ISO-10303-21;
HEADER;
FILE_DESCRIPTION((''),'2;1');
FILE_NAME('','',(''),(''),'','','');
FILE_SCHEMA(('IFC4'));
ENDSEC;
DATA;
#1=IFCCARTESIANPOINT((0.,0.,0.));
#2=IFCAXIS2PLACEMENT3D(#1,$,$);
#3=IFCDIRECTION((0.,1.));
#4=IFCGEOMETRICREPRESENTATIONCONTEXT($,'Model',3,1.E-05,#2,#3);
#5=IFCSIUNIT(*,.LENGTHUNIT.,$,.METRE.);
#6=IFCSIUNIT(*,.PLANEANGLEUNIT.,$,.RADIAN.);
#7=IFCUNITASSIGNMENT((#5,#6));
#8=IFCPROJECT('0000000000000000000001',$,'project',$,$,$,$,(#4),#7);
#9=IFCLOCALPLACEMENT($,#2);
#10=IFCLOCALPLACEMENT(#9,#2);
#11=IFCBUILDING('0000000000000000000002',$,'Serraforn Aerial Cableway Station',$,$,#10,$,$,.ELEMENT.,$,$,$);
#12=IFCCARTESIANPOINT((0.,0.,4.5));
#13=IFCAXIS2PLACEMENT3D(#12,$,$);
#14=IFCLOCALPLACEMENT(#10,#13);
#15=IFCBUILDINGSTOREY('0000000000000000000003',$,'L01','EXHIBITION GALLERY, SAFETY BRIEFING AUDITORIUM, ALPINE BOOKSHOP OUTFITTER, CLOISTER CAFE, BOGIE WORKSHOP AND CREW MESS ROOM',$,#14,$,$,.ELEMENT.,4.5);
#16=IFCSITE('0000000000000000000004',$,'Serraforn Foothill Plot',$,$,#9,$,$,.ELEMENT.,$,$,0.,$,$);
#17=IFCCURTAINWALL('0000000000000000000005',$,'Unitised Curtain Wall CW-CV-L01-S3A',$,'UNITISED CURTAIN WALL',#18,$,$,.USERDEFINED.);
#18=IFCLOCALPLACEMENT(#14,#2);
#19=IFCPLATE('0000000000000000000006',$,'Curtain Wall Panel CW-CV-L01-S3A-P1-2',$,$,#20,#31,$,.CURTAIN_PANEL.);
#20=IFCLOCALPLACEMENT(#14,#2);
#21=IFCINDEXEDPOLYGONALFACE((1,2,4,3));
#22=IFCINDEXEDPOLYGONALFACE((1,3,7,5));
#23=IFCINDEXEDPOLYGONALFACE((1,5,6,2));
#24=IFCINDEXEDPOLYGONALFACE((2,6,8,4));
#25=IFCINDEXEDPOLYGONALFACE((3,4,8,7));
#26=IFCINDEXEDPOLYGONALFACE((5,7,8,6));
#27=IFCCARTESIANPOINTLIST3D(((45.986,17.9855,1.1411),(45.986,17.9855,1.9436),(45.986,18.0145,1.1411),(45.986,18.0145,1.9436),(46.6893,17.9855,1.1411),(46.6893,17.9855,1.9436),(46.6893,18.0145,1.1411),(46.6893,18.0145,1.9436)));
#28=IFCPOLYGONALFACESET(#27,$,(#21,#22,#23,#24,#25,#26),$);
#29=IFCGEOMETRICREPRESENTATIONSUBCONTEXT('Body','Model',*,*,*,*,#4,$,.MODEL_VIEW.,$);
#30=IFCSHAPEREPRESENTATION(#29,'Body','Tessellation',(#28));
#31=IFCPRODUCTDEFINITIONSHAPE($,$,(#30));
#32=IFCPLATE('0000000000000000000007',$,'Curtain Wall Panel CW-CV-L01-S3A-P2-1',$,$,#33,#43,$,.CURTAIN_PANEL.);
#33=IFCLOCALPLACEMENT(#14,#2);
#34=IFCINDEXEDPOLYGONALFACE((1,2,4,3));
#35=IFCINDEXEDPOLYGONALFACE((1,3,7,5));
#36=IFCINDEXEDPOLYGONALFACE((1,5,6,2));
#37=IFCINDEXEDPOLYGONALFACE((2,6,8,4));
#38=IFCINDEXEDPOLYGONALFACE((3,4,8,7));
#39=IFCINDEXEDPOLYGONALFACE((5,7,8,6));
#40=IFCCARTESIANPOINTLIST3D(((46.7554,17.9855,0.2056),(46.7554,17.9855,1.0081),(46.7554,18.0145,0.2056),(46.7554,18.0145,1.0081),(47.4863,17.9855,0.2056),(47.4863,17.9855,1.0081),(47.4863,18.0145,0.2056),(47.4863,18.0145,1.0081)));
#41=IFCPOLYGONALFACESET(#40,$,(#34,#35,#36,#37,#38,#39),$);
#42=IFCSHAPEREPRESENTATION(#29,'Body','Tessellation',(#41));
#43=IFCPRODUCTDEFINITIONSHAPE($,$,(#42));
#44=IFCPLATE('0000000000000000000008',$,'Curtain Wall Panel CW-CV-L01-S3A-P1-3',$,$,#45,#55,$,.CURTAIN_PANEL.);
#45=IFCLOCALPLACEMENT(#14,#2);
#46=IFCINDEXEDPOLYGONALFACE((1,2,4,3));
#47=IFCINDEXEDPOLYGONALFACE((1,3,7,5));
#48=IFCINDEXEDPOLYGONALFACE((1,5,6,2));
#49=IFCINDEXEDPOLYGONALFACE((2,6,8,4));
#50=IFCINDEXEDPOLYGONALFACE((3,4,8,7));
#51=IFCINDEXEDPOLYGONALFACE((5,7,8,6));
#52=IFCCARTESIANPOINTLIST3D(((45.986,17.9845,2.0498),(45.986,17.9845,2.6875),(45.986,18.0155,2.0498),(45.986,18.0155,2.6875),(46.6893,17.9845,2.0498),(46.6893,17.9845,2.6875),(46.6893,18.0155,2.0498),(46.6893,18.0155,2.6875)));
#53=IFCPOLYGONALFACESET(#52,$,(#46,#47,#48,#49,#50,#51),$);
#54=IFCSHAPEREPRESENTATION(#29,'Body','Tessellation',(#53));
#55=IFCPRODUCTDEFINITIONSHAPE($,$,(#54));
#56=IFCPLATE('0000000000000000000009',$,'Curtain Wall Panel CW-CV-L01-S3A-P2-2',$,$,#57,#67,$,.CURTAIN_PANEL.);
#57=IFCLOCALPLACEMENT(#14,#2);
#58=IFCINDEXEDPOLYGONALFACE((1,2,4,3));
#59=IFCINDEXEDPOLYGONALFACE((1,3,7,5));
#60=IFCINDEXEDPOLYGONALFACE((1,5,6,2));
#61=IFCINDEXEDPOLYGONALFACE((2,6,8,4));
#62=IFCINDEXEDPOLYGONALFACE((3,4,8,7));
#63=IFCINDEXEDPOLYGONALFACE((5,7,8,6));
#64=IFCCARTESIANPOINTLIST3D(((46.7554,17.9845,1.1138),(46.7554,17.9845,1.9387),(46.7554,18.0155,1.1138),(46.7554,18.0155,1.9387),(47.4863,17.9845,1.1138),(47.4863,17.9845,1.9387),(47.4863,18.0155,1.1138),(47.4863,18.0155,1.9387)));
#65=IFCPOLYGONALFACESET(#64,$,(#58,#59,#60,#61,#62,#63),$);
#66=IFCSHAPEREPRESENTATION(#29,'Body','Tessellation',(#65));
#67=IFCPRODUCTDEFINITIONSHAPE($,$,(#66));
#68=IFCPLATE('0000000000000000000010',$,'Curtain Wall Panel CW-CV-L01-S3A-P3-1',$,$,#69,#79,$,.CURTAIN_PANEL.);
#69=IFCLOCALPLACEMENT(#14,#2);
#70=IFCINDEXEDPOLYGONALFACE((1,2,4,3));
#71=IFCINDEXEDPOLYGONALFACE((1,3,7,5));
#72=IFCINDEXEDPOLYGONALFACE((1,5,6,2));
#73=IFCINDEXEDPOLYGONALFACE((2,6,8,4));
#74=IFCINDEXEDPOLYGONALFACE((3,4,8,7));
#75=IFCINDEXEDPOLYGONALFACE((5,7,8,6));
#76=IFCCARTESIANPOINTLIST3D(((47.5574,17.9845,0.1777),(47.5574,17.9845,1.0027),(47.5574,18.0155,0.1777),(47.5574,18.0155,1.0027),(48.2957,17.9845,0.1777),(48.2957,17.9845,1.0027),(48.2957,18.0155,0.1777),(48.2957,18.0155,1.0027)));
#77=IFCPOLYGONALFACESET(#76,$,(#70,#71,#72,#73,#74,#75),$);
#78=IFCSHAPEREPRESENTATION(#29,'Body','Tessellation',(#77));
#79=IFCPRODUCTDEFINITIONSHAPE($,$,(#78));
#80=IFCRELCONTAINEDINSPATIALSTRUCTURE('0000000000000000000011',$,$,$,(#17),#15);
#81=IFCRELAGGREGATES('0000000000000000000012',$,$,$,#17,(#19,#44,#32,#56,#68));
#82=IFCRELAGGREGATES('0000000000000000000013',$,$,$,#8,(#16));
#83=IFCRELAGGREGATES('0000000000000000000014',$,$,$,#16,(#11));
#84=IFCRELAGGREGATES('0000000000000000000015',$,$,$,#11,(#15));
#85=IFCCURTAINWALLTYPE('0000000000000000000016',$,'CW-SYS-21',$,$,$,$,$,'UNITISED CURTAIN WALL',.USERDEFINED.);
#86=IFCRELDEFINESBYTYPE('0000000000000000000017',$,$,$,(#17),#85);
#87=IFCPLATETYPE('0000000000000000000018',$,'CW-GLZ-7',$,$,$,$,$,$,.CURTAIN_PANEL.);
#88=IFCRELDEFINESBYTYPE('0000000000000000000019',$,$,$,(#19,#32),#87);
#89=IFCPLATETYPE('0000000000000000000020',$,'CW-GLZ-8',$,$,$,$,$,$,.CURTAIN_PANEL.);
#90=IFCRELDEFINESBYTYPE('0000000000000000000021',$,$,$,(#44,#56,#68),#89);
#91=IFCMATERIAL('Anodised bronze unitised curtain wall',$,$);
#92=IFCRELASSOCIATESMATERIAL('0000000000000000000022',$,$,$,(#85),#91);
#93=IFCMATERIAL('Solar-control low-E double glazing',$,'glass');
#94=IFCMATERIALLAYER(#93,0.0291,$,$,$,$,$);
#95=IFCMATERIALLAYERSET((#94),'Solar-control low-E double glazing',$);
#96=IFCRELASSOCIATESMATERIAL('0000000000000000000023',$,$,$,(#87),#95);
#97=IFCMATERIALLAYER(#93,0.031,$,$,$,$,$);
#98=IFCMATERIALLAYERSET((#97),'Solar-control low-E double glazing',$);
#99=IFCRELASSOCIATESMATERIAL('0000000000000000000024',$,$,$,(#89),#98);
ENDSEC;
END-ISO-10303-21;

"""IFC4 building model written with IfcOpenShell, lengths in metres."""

from ifc_helpers import new_model, si_unit, direction, frame, origin, origin_2d, place, context, subcontext, project, spatial, rectangle, extrude, material, layer, layer_set, type_object, element, aggregate, save


model = new_model("IFC4")

# Units and contexts
model_context = context("Model", 3, precision=1e-05, world=origin(), true_north=direction((0.0, 1.0)))
body_context = subcontext(model_context, "Body", "Model", "MODEL_VIEW")
ifc_project = project(units=[si_unit("LENGTHUNIT", "METRE"), si_unit("PLANEANGLEUNIT", "RADIAN")], contexts=[model_context])

# Site, building, storey
site_placement = place(None, origin())
site = spatial("IfcSite", under=ifc_project, at=site_placement, Name="Serraforn Foothill Plot", CompositionType="ELEMENT", RefElevation=0.0)
building_placement = place(site_placement, origin())
building = spatial("IfcBuilding", under=site, at=building_placement, Name="Serraforn Aerial Cableway Station", CompositionType="ELEMENT")
storey_placement = place(building_placement, frame((0.0, 0.0, 4.5)))
storey = spatial("IfcBuildingStorey", under=building, at=storey_placement, Name="L01", Description="EXHIBITION GALLERY, SAFETY BRIEFING AUDITORIUM, ALPINE BOOKSHOP OUTFITTER, CLOISTER CAFE, BOGIE WORKSHOP AND CREW MESS ROOM", CompositionType="ELEMENT", Elevation=4.5)

# Curtain wall, plates
ifc_material_1 = material(Name="Anodised bronze unitised curtain wall")
curtain_wall_type = type_object("IfcCurtainWallType", Name="CW-SYS-21", ElementType="UNITISED CURTAIN WALL", PredefinedType="USERDEFINED", material=ifc_material_1)
curtain_wall_placement = place(storey_placement, origin())
curtain_wall = element("IfcCurtainWall", 1, at=curtain_wall_placement, inside=storey, type_object=curtain_wall_type, Name="Unitised Curtain Wall CW-CV-L01-S3A", ObjectType="UNITISED CURTAIN WALL", PredefinedType="USERDEFINED")
ifc_material_2 = material(Name="Solar-control low-E double glazing", Category="glass")
ifc_layer_1 = layer(ifc_material_2, 0.0291)
ifc_layer_set_1 = layer_set([ifc_layer_1], Name="Solar-control low-E double glazing")
plate_type_1 = type_object("IfcPlateType", Name="CW-GLZ-7", PredefinedType="CURTAIN_PANEL", material=ifc_layer_set_1)
plate_1_placement = place(storey_placement, frame((46.3376, 18.0, 1.1411), z_axis=(0.0, 0.0, 1.0), x_axis=(1.0, 0.0, 0.0)))
plate_1 = element("IfcPlate", 2, at=plate_1_placement, type_object=plate_type_1, Name="Curtain Wall Panel CW-CV-L01-S3A-P1-2", PredefinedType="CURTAIN_PANEL", context=body_context, shape_type="SweptSolid", body=[
    extrude(rectangle(XDim=0.7034, YDim=0.0291, at=origin_2d()), origin(), (0.0, 0.0, 1.0), 0.8025),
])
plate_2_placement = place(storey_placement, frame((47.1208, 18.0, 0.2056), z_axis=(0.0, 0.0, 1.0), x_axis=(1.0, 0.0, 0.0)))
plate_2 = element("IfcPlate", 3, at=plate_2_placement, type_object=plate_type_1, Name="Curtain Wall Panel CW-CV-L01-S3A-P2-1", PredefinedType="CURTAIN_PANEL", context=body_context, shape_type="SweptSolid", body=[
    extrude(rectangle(XDim=0.731, YDim=0.0291, at=origin_2d()), origin(), (0.0, 0.0, 1.0), 0.8025),
])
ifc_layer_2 = layer(ifc_material_2, 0.031)
ifc_layer_set_2 = layer_set([ifc_layer_2], Name="Solar-control low-E double glazing")
plate_type_2 = type_object("IfcPlateType", Name="CW-GLZ-8", PredefinedType="CURTAIN_PANEL", material=ifc_layer_set_2)
plate_3_placement = place(storey_placement, frame((46.3376, 18.0, 2.0498), z_axis=(0.0, 0.0, 1.0), x_axis=(1.0, 0.0, 0.0)))
plate_3 = element("IfcPlate", 4, at=plate_3_placement, type_object=plate_type_2, Name="Curtain Wall Panel CW-CV-L01-S3A-P1-3", PredefinedType="CURTAIN_PANEL", context=body_context, shape_type="SweptSolid", body=[
    extrude(rectangle(XDim=0.7034, YDim=0.031, at=origin_2d()), origin(), (0.0, 0.0, 1.0), 0.6377),
])
plate_4_placement = place(storey_placement, frame((47.1208, 18.0, 1.1138), z_axis=(0.0, 0.0, 1.0), x_axis=(1.0, 0.0, 0.0)))
plate_4 = element("IfcPlate", 5, at=plate_4_placement, type_object=plate_type_2, Name="Curtain Wall Panel CW-CV-L01-S3A-P2-2", PredefinedType="CURTAIN_PANEL", context=body_context, shape_type="SweptSolid", body=[
    extrude(rectangle(XDim=0.731, YDim=0.031, at=origin_2d()), origin(), (0.0, 0.0, 1.0), 0.825),
])
plate_5_placement = place(storey_placement, frame((47.9265, 18.0, 0.1777), z_axis=(0.0, 0.0, 1.0), x_axis=(1.0, 0.0, 0.0)))
plate_5 = element("IfcPlate", 6, at=plate_5_placement, type_object=plate_type_2, Name="Curtain Wall Panel CW-CV-L01-S3A-P3-1", PredefinedType="CURTAIN_PANEL", context=body_context, shape_type="SweptSolid", body=[
    extrude(rectangle(XDim=0.7383, YDim=0.031, at=origin_2d()), origin(), (0.0, 0.0, 1.0), 0.825),
])
aggregate(curtain_wall, [plate_1, plate_3, plate_2, plate_4, plate_5])

save(model, "model.ifc")
